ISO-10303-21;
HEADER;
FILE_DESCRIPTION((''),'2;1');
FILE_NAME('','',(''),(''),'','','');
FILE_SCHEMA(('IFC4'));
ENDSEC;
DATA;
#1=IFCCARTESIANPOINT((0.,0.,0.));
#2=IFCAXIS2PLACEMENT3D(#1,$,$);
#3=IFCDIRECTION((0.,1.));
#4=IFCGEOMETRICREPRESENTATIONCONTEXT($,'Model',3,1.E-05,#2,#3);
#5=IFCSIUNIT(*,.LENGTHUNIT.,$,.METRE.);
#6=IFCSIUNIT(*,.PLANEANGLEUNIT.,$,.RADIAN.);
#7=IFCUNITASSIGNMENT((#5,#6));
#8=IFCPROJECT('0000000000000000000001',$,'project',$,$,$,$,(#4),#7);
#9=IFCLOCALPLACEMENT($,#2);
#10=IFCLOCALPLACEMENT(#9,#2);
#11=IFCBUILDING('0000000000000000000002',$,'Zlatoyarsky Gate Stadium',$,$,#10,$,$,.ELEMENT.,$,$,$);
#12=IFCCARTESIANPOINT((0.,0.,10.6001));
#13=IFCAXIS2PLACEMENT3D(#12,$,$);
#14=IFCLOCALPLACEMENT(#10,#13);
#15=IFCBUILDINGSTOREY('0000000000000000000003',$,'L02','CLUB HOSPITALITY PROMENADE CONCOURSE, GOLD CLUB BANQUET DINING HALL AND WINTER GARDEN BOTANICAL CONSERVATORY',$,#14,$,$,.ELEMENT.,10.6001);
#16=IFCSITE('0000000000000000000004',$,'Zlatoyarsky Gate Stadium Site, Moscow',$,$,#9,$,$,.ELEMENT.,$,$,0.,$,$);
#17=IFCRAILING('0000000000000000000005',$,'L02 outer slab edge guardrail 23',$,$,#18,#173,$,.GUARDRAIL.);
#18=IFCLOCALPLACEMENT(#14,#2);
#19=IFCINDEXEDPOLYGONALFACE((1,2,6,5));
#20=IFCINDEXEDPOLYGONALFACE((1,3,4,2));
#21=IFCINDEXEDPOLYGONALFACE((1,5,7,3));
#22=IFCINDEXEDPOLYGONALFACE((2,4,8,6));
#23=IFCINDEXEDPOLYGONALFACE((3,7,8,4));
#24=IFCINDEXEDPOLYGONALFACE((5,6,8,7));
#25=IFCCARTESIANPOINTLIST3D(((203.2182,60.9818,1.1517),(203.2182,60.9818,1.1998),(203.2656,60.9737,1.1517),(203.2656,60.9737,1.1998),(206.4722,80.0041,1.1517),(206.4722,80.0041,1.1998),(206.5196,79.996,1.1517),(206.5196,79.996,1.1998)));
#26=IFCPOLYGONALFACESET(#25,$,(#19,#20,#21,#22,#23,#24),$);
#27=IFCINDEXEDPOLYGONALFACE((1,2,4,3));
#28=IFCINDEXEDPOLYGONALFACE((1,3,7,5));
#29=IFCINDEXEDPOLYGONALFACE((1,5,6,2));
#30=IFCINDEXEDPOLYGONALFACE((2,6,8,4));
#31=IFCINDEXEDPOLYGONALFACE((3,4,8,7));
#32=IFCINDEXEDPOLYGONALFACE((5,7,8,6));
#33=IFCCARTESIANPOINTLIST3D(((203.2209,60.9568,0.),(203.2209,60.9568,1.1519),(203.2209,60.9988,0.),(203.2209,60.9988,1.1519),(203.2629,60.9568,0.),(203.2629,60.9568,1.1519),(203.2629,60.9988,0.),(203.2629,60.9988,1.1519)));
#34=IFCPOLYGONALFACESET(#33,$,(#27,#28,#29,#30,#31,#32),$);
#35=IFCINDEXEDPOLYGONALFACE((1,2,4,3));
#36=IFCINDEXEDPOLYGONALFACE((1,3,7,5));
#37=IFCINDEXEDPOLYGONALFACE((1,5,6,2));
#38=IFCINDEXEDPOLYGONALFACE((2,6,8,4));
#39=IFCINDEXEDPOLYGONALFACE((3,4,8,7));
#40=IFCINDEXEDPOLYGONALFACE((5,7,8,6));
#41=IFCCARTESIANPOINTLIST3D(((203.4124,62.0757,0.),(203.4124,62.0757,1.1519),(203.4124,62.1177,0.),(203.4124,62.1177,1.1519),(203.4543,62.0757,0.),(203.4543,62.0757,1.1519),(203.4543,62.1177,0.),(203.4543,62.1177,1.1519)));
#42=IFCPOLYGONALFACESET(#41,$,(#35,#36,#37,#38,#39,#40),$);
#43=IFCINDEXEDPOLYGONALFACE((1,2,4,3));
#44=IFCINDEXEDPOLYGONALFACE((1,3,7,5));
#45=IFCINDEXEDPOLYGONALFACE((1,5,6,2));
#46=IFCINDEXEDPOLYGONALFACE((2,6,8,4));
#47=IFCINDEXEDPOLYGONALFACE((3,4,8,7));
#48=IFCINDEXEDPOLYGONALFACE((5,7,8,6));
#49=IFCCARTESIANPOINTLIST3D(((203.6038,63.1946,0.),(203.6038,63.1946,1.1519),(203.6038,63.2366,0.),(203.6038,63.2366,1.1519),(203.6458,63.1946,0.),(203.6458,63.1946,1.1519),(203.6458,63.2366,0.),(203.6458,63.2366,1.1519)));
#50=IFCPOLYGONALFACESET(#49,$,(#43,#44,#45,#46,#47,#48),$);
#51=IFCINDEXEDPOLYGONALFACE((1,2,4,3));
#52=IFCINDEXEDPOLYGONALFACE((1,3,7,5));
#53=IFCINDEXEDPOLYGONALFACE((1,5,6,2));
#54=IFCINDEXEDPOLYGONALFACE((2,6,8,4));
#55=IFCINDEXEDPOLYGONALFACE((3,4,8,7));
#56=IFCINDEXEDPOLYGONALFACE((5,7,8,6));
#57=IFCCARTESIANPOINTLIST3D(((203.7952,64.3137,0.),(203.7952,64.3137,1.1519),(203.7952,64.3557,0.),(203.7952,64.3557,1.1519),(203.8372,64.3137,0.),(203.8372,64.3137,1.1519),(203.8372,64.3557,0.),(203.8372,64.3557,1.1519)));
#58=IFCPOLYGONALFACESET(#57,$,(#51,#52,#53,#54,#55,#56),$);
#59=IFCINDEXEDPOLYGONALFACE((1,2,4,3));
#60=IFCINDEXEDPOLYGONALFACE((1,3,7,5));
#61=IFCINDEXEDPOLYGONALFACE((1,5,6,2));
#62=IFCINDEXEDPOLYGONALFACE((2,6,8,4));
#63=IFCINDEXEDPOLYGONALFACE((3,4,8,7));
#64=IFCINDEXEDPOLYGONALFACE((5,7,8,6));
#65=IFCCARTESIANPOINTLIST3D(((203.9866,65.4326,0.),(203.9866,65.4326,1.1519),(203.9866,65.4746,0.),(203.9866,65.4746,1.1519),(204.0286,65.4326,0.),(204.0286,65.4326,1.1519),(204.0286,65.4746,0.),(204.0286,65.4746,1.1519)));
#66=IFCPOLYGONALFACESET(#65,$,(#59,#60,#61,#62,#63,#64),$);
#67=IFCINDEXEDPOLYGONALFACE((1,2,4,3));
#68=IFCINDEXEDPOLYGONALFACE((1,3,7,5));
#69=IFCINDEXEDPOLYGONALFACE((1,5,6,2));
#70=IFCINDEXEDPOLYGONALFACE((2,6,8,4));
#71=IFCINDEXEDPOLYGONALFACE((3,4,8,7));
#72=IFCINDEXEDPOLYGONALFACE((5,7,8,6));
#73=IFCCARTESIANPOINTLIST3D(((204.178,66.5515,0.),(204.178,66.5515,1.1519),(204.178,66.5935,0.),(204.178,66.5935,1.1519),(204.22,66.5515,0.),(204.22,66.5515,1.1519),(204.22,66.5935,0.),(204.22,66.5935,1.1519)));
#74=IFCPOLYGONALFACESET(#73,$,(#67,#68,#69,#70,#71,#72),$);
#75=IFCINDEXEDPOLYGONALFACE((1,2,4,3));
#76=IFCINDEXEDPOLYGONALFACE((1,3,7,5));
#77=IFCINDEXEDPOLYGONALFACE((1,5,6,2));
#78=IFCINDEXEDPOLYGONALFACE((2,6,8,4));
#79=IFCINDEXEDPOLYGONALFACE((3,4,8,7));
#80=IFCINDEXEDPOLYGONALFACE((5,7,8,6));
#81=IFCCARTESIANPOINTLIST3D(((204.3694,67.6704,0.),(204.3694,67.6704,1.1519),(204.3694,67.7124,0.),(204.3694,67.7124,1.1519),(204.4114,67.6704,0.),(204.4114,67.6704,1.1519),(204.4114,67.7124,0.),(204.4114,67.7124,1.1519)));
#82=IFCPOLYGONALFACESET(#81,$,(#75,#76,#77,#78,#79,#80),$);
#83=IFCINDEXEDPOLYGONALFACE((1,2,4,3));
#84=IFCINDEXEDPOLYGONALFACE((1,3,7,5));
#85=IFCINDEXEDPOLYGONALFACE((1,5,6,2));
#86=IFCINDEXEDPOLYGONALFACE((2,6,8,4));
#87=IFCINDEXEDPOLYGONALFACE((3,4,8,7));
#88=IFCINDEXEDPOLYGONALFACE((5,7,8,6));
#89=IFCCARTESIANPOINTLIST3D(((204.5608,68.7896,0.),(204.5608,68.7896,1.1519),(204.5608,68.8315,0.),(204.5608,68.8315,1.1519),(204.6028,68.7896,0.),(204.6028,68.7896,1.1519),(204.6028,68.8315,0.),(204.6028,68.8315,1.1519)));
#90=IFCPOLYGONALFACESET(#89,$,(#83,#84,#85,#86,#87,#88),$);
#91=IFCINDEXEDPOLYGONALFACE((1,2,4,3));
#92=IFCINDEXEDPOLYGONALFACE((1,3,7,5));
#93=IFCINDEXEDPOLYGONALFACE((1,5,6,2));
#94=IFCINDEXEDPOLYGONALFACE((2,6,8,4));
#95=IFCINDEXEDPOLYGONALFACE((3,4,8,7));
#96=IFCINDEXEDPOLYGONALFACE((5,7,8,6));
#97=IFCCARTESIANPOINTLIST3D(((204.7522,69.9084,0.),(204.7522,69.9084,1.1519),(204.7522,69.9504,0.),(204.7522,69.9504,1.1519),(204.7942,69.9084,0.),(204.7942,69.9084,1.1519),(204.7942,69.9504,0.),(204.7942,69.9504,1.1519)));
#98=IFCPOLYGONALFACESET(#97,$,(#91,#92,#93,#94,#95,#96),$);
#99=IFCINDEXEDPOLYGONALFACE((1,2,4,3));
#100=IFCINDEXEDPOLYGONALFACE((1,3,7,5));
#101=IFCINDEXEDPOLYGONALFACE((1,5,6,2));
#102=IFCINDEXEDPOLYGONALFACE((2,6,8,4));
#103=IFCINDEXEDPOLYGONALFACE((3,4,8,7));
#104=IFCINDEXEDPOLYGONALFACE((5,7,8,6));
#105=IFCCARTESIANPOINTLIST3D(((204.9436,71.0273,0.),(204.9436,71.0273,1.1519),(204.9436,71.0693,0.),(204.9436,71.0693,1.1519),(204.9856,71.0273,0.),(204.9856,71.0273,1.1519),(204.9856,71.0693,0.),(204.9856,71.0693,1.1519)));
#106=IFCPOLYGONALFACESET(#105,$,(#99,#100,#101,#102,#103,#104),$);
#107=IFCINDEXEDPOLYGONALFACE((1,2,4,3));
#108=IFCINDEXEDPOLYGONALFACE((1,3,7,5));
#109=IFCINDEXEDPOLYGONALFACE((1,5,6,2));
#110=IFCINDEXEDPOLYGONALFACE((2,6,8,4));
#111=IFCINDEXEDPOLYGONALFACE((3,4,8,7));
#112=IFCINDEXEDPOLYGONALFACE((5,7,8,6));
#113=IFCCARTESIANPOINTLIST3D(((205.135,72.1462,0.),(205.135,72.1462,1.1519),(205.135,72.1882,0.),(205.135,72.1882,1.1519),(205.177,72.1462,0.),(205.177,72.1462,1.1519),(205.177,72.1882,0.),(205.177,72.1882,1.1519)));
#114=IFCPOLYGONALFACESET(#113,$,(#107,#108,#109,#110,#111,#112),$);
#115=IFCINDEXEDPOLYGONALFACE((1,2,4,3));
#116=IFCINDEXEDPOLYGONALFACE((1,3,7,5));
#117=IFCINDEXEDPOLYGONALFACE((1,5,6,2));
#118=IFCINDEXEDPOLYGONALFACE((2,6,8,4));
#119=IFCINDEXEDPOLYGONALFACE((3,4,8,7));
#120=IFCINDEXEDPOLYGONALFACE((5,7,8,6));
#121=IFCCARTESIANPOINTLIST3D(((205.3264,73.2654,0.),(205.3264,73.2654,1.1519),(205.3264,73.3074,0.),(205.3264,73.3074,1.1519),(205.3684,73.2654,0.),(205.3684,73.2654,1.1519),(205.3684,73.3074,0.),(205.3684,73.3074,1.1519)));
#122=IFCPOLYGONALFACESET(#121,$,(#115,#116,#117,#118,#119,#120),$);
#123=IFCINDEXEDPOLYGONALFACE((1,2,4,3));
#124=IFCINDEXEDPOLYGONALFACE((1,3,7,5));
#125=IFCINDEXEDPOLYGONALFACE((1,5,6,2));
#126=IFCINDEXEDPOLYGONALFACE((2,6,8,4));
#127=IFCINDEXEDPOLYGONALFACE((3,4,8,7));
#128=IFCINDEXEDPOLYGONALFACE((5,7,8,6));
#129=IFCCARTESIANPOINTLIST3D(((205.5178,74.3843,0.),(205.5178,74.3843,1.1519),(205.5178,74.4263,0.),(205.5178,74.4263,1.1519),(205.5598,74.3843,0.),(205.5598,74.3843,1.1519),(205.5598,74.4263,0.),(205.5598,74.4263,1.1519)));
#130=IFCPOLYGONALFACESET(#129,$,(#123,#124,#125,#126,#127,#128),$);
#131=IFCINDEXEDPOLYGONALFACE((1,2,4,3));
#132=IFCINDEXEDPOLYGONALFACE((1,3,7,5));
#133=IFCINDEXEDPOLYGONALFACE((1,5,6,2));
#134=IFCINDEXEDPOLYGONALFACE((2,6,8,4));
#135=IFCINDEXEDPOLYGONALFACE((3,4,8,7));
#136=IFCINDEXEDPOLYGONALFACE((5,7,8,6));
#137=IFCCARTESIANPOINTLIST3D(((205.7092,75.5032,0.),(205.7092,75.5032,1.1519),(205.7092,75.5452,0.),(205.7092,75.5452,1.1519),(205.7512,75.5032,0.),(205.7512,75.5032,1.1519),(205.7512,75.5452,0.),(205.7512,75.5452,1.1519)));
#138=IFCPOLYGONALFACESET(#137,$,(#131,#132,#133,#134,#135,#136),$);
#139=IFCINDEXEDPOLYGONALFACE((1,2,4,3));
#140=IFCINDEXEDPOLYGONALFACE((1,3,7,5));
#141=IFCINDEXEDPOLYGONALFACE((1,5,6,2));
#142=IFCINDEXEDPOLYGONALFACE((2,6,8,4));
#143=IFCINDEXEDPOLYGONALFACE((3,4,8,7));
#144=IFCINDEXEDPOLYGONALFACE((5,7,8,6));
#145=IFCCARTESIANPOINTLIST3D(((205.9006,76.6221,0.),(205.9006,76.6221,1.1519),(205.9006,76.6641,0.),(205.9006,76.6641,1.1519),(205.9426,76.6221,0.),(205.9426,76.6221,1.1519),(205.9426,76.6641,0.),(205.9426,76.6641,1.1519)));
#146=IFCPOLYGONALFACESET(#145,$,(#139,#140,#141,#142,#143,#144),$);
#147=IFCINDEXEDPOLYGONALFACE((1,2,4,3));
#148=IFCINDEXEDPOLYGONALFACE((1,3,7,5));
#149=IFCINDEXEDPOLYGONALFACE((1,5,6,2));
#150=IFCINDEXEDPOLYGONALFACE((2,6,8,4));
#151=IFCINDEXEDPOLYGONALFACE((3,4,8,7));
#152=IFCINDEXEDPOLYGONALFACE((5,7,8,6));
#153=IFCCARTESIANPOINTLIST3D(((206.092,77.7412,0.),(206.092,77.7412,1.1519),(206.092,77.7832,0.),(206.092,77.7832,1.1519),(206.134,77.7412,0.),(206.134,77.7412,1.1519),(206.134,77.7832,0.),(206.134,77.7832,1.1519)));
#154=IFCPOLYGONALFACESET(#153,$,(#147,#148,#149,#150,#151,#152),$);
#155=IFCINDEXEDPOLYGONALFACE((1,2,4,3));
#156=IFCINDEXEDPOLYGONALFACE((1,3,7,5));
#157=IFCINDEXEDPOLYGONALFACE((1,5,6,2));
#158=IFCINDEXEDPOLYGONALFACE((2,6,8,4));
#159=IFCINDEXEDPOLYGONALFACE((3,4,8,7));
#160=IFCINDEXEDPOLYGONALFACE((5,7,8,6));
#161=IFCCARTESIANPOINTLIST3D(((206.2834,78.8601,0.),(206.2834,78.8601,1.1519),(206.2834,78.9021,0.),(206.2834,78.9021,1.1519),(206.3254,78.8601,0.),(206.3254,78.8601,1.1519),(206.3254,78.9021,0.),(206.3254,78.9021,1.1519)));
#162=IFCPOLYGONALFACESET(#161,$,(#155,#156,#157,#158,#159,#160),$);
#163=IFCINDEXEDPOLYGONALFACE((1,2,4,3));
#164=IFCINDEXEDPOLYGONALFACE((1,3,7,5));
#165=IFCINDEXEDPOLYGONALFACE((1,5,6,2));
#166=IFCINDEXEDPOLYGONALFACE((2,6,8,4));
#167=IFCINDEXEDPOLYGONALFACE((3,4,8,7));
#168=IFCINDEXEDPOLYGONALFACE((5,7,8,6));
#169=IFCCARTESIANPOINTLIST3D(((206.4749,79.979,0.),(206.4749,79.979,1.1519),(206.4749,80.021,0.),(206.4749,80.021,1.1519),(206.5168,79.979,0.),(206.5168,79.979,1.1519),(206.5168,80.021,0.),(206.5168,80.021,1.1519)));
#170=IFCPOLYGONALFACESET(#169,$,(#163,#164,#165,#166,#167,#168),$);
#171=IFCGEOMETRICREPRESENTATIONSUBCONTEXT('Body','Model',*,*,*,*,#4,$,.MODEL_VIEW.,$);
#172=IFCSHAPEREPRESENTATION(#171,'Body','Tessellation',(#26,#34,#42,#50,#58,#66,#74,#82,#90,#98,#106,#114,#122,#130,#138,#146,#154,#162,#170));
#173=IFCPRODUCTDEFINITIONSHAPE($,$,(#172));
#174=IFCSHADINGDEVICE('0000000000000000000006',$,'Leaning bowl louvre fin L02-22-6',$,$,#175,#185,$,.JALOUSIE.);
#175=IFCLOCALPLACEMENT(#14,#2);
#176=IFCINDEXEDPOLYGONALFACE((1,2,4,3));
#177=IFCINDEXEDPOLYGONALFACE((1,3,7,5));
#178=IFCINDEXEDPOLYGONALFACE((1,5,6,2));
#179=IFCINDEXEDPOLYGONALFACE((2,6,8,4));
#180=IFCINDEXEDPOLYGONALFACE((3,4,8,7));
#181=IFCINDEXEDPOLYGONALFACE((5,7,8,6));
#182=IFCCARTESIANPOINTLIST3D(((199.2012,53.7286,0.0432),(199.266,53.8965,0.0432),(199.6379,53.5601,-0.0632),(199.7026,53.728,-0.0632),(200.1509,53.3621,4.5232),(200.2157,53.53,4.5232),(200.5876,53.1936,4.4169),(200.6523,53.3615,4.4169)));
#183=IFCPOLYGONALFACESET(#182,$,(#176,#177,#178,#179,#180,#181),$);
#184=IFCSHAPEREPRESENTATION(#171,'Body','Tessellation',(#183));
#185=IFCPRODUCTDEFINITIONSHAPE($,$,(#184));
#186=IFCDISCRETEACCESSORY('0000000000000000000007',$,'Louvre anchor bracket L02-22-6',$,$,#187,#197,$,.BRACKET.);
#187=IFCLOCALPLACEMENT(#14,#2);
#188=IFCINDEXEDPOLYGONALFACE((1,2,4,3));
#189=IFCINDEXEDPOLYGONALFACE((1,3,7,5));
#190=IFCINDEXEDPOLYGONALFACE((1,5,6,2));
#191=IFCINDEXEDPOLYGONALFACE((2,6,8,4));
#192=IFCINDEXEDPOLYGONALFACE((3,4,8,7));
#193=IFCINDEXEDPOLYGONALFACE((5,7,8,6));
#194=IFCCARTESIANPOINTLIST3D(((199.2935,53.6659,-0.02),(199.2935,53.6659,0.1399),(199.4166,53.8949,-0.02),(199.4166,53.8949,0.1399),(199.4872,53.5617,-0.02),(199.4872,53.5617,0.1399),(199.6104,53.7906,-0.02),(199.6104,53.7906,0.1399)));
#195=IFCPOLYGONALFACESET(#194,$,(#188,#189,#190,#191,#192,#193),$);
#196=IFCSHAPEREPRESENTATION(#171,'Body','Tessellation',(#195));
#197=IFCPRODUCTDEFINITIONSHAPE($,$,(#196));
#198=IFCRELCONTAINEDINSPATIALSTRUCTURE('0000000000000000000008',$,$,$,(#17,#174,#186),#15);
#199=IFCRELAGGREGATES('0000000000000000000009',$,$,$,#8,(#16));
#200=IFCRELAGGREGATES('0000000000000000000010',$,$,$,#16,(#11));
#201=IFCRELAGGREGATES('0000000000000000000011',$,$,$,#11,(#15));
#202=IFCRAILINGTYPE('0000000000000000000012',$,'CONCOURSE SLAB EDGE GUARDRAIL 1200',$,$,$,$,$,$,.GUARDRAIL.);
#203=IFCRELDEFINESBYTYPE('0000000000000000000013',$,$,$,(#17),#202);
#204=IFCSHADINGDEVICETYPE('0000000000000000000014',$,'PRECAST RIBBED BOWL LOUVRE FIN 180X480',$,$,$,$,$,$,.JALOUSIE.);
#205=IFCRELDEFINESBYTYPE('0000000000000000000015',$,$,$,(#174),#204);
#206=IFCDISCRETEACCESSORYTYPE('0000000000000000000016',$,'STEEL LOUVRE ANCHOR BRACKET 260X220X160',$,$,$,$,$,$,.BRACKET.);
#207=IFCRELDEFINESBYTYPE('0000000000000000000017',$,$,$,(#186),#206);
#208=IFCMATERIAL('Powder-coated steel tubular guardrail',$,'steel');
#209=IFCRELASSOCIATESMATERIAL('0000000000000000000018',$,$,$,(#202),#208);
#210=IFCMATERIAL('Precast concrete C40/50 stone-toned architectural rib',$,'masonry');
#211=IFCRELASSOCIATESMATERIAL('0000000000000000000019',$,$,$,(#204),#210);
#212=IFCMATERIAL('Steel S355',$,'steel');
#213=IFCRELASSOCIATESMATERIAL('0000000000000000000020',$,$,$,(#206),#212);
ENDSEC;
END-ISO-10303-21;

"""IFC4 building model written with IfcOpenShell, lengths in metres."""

from ifc_helpers import new_model, si_unit, direction, frame, origin, origin_2d, place, context, subcontext, project, spatial, rectangle, extrude, material, material_profile, profile_set, type_object, element, save


model = new_model("IFC4")

# Units and contexts
model_context = context("Model", 3, precision=1e-05, world=origin(), true_north=direction((0.0, 1.0)))
body_context = subcontext(model_context, "Body", "Model", "MODEL_VIEW")
ifc_project = project(units=[si_unit("LENGTHUNIT", "METRE"), si_unit("PLANEANGLEUNIT", "RADIAN")], contexts=[model_context])

# Site, building, storey
site_placement = place(None, origin())
site = spatial("IfcSite", under=ifc_project, at=site_placement, Name="Zlatoyarsky Gate Stadium Site, Moscow", CompositionType="ELEMENT", RefElevation=0.0)
building_placement = place(site_placement, origin())
building = spatial("IfcBuilding", under=site, at=building_placement, Name="Zlatoyarsky Gate Stadium", CompositionType="ELEMENT")
storey_placement = place(building_placement, frame((0.0, 0.0, 10.6001)))
storey = spatial("IfcBuildingStorey", under=building, at=storey_placement, Name="L02", Description="CLUB HOSPITALITY PROMENADE CONCOURSE, GOLD CLUB BANQUET DINING HALL AND WINTER GARDEN BOTANICAL CONSERVATORY", CompositionType="ELEMENT", Elevation=10.6001)

# Shared definitions
ifc_material_1 = material(Name="Steel S355", Category="steel")

# Railing
ifc_material_2 = material(Name="Powder-coated steel tubular guardrail", Category="steel")
railing_type = type_object("IfcRailingType", Name="CONCOURSE SLAB EDGE GUARDRAIL 1200", PredefinedType="GUARDRAIL", material=ifc_material_2)
railing_placement = place(storey_placement, frame((203.2419, 60.9778, 0.0)))
element("IfcRailing", 1, at=railing_placement, inside=storey, type_object=railing_type, Name="L02 outer slab edge guardrail 23", PredefinedType="GUARDRAIL", context=body_context, shape_type="SweptSolid", body=[
    extrude(rectangle(XDim=0.0481, YDim=0.0481, at=origin_2d()), frame((0.0, 0.0, 1.1758), z_axis=(0.168609, 0.985683, 0.0), x_axis=(-0.985683, 0.168609, 0.0)), (0.0, 0.0, 1.0), 19.2986),
    extrude(rectangle(XDim=0.042, YDim=0.042, at=origin_2d()), origin(), (0.0, 0.0, 1.0), 1.1519),
    extrude(rectangle(XDim=0.042, YDim=0.042, at=origin_2d()), frame((0.1914, 1.1189, 0.0)), (0.0, 0.0, 1.0), 1.1519),
    extrude(rectangle(XDim=0.042, YDim=0.042, at=origin_2d()), frame((0.3828, 2.2378, 0.0)), (0.0, 0.0, 1.0), 1.1519),
    extrude(rectangle(XDim=0.042, YDim=0.042, at=origin_2d()), frame((0.5742, 3.3569, 0.0)), (0.0, 0.0, 1.0), 1.1519),
    extrude(rectangle(XDim=0.042, YDim=0.042, at=origin_2d()), frame((0.7656, 4.4758, 0.0)), (0.0, 0.0, 1.0), 1.1519),
    extrude(rectangle(XDim=0.042, YDim=0.042, at=origin_2d()), frame((0.957, 5.5947, 0.0)), (0.0, 0.0, 1.0), 1.1519),
    extrude(rectangle(XDim=0.042, YDim=0.042, at=origin_2d()), frame((1.1484, 6.7136, 0.0)), (0.0, 0.0, 1.0), 1.1519),
    extrude(rectangle(XDim=0.042, YDim=0.042, at=origin_2d()), frame((1.3398, 7.8328, 0.0)), (0.0, 0.0, 1.0), 1.1519),
    extrude(rectangle(XDim=0.042, YDim=0.042, at=origin_2d()), frame((1.5312, 8.9517, 0.0)), (0.0, 0.0, 1.0), 1.1519),
    extrude(rectangle(XDim=0.042, YDim=0.042, at=origin_2d()), frame((1.7227, 10.0706, 0.0)), (0.0, 0.0, 1.0), 1.1519),
    extrude(rectangle(XDim=0.042, YDim=0.042, at=origin_2d()), frame((1.9141, 11.1895, 0.0)), (0.0, 0.0, 1.0), 1.1519),
    extrude(rectangle(XDim=0.042, YDim=0.042, at=origin_2d()), frame((2.1055, 12.3086, 0.0)), (0.0, 0.0, 1.0), 1.1519),
    extrude(rectangle(XDim=0.042, YDim=0.042, at=origin_2d()), frame((2.2969, 13.4275, 0.0)), (0.0, 0.0, 1.0), 1.1519),
    extrude(rectangle(XDim=0.042, YDim=0.042, at=origin_2d()), frame((2.4883, 14.5464, 0.0)), (0.0, 0.0, 1.0), 1.1519),
    extrude(rectangle(XDim=0.042, YDim=0.042, at=origin_2d()), frame((2.6797, 15.6653, 0.0)), (0.0, 0.0, 1.0), 1.1519),
    extrude(rectangle(XDim=0.042, YDim=0.042, at=origin_2d()), frame((2.8711, 16.7844, 0.0)), (0.0, 0.0, 1.0), 1.1519),
    extrude(rectangle(XDim=0.042, YDim=0.042, at=origin_2d()), frame((3.0625, 17.9033, 0.0)), (0.0, 0.0, 1.0), 1.1519),
    extrude(rectangle(XDim=0.042, YDim=0.042, at=origin_2d()), frame((3.2539, 19.0222, 0.0)), (0.0, 0.0, 1.0), 1.1519),
])

# Shading device
ifc_material_3 = material(Name="Precast concrete C40/50 stone-toned architectural rib", Category="masonry")
ifc_material_profile_1 = material_profile(ifc_material_3, rectangle(XDim=0.1799, YDim=0.48, at=origin_2d()), Name="RIB 180X480")
ifc_profile_set_1 = profile_set([ifc_material_profile_1], Name="Precast concrete C40/50 stone-toned architectural rib")
shading_device_type = type_object("IfcShadingDeviceType", Name="PRECAST RIBBED BOWL LOUVRE FIN 180X480", PredefinedType="JALOUSIE", material=ifc_profile_set_1)
shading_device_placement = place(storey_placement, frame((199.4519, 53.7283, -0.01), z_axis=(0.20672, -0.079765, 0.975143), x_axis=(0.359991, 0.932956, 0.0)))
element("IfcShadingDevice", 2, at=shading_device_placement, inside=storey, type_object=shading_device_type, Name="Leaning bowl louvre fin L02-22-6", PredefinedType="JALOUSIE", context=body_context, shape_type="SweptSolid", body=[
    extrude(rectangle(XDim=0.1799, YDim=0.48, at=origin_2d()), origin(), (0.0, 0.0, 1.0), 4.5942),
])

# Discrete accessory
discrete_accessory_type = type_object("IfcDiscreteAccessoryType", Name="STEEL LOUVRE ANCHOR BRACKET 260X220X160", PredefinedType="BRACKET", material=ifc_material_1)
discrete_accessory_placement = place(storey_placement, frame((199.4519, 53.7283, -0.02), z_axis=(0.0, 0.0, 1.0), x_axis=(0.473804, 0.88063, 0.0)))
element("IfcDiscreteAccessory", 3, at=discrete_accessory_placement, inside=storey, type_object=discrete_accessory_type, Name="Louvre anchor bracket L02-22-6", PredefinedType="BRACKET", context=body_context, shape_type="SweptSolid", body=[
    extrude(rectangle(XDim=0.26, YDim=0.22, at=origin_2d()), origin(), (0.0, 0.0, 1.0), 0.1599),
])

save(model, "model.ifc")
